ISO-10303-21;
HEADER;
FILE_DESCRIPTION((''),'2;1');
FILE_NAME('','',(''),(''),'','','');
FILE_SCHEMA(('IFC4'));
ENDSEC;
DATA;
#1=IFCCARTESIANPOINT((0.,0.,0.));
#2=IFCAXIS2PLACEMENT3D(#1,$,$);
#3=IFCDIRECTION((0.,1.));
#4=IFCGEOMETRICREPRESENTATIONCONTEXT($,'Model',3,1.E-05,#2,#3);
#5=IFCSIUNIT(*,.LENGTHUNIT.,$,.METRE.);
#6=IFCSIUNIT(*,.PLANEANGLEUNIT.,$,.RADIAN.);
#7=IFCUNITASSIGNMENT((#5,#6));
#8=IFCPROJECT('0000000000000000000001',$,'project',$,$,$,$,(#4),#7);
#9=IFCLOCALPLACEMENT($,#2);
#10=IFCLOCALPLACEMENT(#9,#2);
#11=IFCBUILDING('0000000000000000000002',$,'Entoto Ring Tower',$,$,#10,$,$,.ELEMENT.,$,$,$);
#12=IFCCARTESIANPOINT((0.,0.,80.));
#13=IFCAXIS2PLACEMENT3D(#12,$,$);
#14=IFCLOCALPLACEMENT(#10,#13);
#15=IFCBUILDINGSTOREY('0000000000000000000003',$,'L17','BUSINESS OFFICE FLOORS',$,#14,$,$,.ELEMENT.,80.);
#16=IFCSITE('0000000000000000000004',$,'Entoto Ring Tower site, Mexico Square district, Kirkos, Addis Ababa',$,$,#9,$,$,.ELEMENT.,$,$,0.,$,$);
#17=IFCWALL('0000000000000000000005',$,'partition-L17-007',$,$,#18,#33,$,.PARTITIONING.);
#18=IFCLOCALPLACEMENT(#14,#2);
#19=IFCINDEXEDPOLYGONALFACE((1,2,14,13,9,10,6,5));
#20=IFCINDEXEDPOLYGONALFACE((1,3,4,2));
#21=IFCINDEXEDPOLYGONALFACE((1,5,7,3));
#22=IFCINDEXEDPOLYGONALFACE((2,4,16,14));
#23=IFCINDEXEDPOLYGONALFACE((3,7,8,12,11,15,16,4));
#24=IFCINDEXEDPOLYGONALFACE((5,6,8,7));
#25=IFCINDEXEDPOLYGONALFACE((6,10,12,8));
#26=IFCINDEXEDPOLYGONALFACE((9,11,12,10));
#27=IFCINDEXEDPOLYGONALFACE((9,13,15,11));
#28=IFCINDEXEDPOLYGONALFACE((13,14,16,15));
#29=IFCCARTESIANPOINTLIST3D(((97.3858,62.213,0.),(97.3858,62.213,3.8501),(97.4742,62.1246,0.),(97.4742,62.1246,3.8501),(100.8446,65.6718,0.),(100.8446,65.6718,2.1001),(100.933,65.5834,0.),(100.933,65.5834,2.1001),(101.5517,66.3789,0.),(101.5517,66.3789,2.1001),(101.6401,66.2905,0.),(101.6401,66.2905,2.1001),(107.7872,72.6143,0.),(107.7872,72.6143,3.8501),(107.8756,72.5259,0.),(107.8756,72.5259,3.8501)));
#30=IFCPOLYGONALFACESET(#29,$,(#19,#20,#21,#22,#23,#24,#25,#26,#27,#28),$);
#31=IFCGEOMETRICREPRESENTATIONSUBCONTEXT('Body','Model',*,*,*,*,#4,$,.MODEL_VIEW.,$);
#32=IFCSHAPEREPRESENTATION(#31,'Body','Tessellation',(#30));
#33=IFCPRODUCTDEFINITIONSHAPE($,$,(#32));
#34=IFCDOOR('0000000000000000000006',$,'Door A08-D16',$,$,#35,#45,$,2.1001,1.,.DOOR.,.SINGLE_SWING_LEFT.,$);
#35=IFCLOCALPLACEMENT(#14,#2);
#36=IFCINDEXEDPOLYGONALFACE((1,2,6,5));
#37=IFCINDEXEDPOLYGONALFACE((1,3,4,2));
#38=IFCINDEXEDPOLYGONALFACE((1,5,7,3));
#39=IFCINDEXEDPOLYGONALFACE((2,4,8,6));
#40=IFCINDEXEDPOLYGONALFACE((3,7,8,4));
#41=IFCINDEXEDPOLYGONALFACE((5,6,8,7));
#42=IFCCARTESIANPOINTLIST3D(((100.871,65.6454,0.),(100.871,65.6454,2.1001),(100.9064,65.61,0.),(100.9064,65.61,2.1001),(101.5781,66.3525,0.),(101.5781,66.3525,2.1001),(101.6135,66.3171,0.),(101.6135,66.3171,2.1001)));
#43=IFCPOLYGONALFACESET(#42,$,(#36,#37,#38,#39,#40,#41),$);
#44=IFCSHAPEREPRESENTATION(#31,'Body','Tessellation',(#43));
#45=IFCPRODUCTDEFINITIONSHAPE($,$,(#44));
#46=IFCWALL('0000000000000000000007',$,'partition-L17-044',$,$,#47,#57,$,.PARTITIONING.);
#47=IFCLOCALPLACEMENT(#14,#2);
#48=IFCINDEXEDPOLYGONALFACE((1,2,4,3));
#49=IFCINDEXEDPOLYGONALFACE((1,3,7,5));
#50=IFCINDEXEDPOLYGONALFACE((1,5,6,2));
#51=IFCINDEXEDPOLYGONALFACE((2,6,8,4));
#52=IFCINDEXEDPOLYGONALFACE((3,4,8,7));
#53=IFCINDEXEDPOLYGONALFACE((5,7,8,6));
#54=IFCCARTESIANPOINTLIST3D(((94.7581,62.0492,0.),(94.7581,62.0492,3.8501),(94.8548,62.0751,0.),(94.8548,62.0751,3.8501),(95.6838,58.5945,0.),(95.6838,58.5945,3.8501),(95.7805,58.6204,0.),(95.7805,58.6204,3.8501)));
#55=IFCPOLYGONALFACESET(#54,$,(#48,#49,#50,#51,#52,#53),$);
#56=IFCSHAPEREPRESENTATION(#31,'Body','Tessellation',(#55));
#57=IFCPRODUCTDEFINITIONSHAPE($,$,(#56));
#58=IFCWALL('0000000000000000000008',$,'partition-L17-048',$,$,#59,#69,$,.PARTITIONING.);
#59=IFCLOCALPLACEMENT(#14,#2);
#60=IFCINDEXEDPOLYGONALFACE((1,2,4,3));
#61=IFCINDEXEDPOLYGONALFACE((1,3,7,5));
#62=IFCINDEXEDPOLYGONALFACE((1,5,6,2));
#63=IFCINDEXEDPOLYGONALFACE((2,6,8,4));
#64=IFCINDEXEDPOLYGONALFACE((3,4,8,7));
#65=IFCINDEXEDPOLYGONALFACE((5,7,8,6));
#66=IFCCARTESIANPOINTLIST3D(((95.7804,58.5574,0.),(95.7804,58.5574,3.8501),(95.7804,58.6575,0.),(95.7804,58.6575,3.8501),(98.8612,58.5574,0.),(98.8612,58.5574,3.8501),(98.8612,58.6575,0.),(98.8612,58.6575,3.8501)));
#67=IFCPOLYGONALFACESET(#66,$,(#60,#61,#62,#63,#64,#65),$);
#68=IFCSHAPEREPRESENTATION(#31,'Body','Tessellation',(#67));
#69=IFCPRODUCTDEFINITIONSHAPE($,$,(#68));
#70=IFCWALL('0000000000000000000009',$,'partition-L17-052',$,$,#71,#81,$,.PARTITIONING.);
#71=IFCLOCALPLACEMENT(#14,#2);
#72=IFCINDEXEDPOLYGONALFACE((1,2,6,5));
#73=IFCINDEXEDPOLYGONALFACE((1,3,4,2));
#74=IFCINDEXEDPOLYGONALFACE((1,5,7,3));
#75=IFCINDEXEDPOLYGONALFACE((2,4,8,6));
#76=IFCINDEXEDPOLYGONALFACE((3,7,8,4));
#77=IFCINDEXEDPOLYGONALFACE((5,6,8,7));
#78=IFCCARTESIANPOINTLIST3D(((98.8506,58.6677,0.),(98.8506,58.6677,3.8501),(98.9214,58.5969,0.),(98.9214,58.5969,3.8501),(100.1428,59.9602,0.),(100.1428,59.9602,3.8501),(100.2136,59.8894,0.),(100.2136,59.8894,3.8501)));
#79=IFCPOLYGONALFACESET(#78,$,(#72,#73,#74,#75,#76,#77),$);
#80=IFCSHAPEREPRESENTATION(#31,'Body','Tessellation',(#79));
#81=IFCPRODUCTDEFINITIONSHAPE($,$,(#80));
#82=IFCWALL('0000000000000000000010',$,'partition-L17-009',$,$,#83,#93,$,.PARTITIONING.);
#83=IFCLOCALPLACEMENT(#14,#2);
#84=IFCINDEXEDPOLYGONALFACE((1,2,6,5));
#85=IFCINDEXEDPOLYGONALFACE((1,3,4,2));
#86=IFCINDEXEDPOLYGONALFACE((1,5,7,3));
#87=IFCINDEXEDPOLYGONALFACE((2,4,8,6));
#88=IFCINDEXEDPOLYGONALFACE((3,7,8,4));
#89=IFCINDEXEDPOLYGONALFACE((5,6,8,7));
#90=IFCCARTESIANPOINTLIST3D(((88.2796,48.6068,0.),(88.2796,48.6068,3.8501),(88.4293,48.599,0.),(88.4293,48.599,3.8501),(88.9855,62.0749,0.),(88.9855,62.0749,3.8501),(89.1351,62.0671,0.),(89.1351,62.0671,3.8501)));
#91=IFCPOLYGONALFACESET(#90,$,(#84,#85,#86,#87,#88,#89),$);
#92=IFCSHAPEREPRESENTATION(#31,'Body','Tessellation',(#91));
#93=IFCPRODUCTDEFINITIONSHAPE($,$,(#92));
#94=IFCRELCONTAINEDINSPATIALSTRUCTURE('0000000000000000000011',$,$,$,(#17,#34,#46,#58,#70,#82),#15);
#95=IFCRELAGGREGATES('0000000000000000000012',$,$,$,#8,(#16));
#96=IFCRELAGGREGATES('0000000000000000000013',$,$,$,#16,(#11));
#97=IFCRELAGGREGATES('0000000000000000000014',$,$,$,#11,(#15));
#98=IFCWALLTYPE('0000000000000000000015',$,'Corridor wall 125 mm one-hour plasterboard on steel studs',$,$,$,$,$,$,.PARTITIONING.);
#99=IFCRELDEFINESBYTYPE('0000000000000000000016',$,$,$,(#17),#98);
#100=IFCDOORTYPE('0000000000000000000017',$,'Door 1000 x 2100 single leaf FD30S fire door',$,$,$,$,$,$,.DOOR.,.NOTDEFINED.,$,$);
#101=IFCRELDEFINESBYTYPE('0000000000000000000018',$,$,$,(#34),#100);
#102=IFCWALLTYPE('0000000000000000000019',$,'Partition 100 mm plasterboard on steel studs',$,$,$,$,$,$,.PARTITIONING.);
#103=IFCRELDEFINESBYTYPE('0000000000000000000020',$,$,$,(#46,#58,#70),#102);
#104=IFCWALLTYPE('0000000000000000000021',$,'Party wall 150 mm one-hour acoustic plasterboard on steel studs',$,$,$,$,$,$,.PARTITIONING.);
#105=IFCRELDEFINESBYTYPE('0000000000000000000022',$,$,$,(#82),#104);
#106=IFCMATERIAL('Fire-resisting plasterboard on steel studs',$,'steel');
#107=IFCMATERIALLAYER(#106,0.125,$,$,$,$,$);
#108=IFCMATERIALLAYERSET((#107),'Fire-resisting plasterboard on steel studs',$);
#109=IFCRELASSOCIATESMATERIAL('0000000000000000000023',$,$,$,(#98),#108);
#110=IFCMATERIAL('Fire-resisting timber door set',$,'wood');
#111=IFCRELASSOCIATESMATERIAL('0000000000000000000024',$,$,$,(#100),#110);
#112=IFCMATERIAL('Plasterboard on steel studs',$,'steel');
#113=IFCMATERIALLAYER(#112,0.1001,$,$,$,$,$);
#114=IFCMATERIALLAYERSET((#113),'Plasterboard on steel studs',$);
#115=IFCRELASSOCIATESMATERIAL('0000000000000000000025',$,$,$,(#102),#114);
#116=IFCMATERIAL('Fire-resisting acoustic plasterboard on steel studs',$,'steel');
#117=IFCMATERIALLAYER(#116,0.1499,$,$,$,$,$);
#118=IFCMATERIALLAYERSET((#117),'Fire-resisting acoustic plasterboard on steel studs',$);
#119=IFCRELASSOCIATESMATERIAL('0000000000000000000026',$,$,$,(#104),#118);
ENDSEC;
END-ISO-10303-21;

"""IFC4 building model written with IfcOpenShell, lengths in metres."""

from ifc_helpers import new_model, si_unit, direction, frame, frame_2d, origin, place, context, subcontext, project, spatial, rectangle, extrude, material, layer, layer_set, type_object, element, fill, save


model = new_model("IFC4")

# Units and contexts
model_context = context("Model", 3, precision=1e-05, world=origin(), true_north=direction((0.0, 1.0)))
body_context = subcontext(model_context, "Body", "Model", "MODEL_VIEW")
ifc_project = project(units=[si_unit("LENGTHUNIT", "METRE"), si_unit("PLANEANGLEUNIT", "RADIAN")], contexts=[model_context])

# Site, building, storey
site_placement = place(None, origin())
site = spatial("IfcSite", under=ifc_project, at=site_placement, Name="Entoto Ring Tower site, Mexico Square district, Kirkos, Addis Ababa", CompositionType="ELEMENT", RefElevation=0.0)
building_placement = place(site_placement, origin())
building = spatial("IfcBuilding", under=site, at=building_placement, Name="Entoto Ring Tower", CompositionType="ELEMENT")
storey_placement = place(building_placement, frame((0.0, 0.0, 80.0)))
storey = spatial("IfcBuildingStorey", under=building, at=storey_placement, Name="L17", Description="BUSINESS OFFICE FLOORS", CompositionType="ELEMENT", Elevation=80.0)

# Wall, opening, door
ifc_material_1 = material(Name="Fire-resisting plasterboard on steel studs", Category="steel")
ifc_layer_1 = layer(ifc_material_1, 0.125)
ifc_layer_set_1 = layer_set([ifc_layer_1], Name="Fire-resisting plasterboard on steel studs")
wall_type_1 = type_object("IfcWallType", Name="Corridor wall 125 mm one-hour plasterboard on steel studs", PredefinedType="PARTITIONING", material=ifc_layer_set_1)
wall_1_placement = place(storey_placement, frame((97.4299, 62.1687, 0.0), z_axis=(0.0, 0.0, 1.0), x_axis=(0.707107, 0.707107, 0.0)))
wall_1 = element("IfcWall", 1, at=wall_1_placement, inside=storey, type_object=wall_type_1, Name="partition-L17-007", PredefinedType="PARTITIONING", context=body_context, shape_type="SweptSolid", body=[
    extrude(rectangle(XDim=14.7097, YDim=0.125, at=frame_2d((7.355, 0.0))), origin(), (0.0, 0.0, 1.0), 3.8501),
])
opening_placement = place(wall_1_placement, frame((4.8916, 0.0, 0.0)))
opening = element("IfcOpeningElement", 2, at=opening_placement, cuts=wall_1, PredefinedType="OPENING", context=body_context, shape_type="SweptSolid", body=[
    extrude(rectangle(XDim=1.0, YDim=2.1001, at=frame_2d((0.5, 1.05))), frame((0.0, 0.0725, 0.0), z_axis=(0.0, -1.0, 0.0), x_axis=(1.0, 0.0, 0.0)), (0.0, 0.0, 1.0), 0.145),
])
ifc_material_2 = material(Name="Fire-resisting timber door set", Category="wood")
door_type = type_object("IfcDoorType", Name="Door 1000 x 2100 single leaf FD30S fire door", OperationType="NOTDEFINED", PredefinedType="DOOR", material=ifc_material_2)
door_placement = place(opening_placement, frame((1.0, 0.0, 0.0), z_axis=(0.0, 0.0, 1.0), x_axis=(-1.0, 0.0, 0.0)))
door = element("IfcDoor", 3, at=door_placement, inside=storey, type_object=door_type, Name="Door A08-D16", OperationType="SINGLE_SWING_LEFT", OverallHeight=2.1001, OverallWidth=1.0, PredefinedType="DOOR", context=body_context, shape_type="SweptSolid", body=[
    extrude(rectangle(XDim=1.0, YDim=2.1001, at=frame_2d((0.5, 1.05))), frame((0.0, 0.0249, 0.0), z_axis=(0.0, -1.0, 0.0), x_axis=(1.0, 0.0, 0.0)), (0.0, 0.0, 1.0), 0.05),
])
fill(opening, door)

# Walls
ifc_material_3 = material(Name="Plasterboard on steel studs", Category="steel")
ifc_layer_2 = layer(ifc_material_3, 0.1001)
ifc_layer_set_2 = layer_set([ifc_layer_2], Name="Plasterboard on steel studs")
wall_type_2 = type_object("IfcWallType", Name="Partition 100 mm plasterboard on steel studs", PredefinedType="PARTITIONING", material=ifc_layer_set_2)
wall_2_placement = place(storey_placement, frame((95.7322, 58.6074, 0.0), z_axis=(0.0, 0.0, 1.0), x_axis=(-0.258835, 0.965922, 0.0)))
element("IfcWall", 4, at=wall_2_placement, inside=storey, type_object=wall_type_2, Name="partition-L17-044", PredefinedType="PARTITIONING", context=body_context, shape_type="SweptSolid", body=[
    extrude(rectangle(XDim=3.5767, YDim=0.1001, at=frame_2d((1.7883, 0.0))), origin(), (0.0, 0.0, 1.0), 3.8501),
])
wall_3_placement = place(storey_placement, frame((95.7803, 58.6074, 0.0), z_axis=(0.0, 0.0, 1.0), x_axis=(1.0, 0.0, 0.0)))
element("IfcWall", 5, at=wall_3_placement, inside=storey, type_object=wall_type_2, Name="partition-L17-048", PredefinedType="PARTITIONING", context=body_context, shape_type="SweptSolid", body=[
    extrude(rectangle(XDim=3.0808, YDim=0.1001, at=frame_2d((1.5405, 0.0))), origin(), (0.0, 0.0, 1.0), 3.8501),
])
wall_4_placement = place(storey_placement, frame((98.886, 58.6323, 0.0), z_axis=(0.0, 0.0, 1.0), x_axis=(0.70704, 0.707174, 0.0)))
element("IfcWall", 6, at=wall_4_placement, inside=storey, type_object=wall_type_2, Name="partition-L17-052", PredefinedType="PARTITIONING", context=body_context, shape_type="SweptSolid", body=[
    extrude(rectangle(XDim=1.8276, YDim=0.1001, at=frame_2d((0.9138, 0.0))), origin(), (0.0, 0.0, 1.0), 3.8501),
])
ifc_material_4 = material(Name="Fire-resisting acoustic plasterboard on steel studs", Category="steel")
ifc_layer_3 = layer(ifc_material_4, 0.1499)
ifc_layer_set_3 = layer_set([ifc_layer_3], Name="Fire-resisting acoustic plasterboard on steel studs")
wall_type_3 = type_object("IfcWallType", Name="Party wall 150 mm one-hour acoustic plasterboard on steel studs", PredefinedType="PARTITIONING", material=ifc_layer_set_3)
wall_5_placement = place(storey_placement, frame((88.3545, 48.603, 0.0), z_axis=(0.0, 0.0, 1.0), x_axis=(0.052335, 0.99863, 0.0)))
element("IfcWall", 7, at=wall_5_placement, inside=storey, type_object=wall_type_3, Name="partition-L17-009", PredefinedType="PARTITIONING", context=body_context, shape_type="SweptSolid", body=[
    extrude(rectangle(XDim=13.4866, YDim=0.1499, at=frame_2d((6.7432, 0.0))), origin(), (0.0, 0.0, 1.0), 3.8501),
])

save(model, "model.ifc")
